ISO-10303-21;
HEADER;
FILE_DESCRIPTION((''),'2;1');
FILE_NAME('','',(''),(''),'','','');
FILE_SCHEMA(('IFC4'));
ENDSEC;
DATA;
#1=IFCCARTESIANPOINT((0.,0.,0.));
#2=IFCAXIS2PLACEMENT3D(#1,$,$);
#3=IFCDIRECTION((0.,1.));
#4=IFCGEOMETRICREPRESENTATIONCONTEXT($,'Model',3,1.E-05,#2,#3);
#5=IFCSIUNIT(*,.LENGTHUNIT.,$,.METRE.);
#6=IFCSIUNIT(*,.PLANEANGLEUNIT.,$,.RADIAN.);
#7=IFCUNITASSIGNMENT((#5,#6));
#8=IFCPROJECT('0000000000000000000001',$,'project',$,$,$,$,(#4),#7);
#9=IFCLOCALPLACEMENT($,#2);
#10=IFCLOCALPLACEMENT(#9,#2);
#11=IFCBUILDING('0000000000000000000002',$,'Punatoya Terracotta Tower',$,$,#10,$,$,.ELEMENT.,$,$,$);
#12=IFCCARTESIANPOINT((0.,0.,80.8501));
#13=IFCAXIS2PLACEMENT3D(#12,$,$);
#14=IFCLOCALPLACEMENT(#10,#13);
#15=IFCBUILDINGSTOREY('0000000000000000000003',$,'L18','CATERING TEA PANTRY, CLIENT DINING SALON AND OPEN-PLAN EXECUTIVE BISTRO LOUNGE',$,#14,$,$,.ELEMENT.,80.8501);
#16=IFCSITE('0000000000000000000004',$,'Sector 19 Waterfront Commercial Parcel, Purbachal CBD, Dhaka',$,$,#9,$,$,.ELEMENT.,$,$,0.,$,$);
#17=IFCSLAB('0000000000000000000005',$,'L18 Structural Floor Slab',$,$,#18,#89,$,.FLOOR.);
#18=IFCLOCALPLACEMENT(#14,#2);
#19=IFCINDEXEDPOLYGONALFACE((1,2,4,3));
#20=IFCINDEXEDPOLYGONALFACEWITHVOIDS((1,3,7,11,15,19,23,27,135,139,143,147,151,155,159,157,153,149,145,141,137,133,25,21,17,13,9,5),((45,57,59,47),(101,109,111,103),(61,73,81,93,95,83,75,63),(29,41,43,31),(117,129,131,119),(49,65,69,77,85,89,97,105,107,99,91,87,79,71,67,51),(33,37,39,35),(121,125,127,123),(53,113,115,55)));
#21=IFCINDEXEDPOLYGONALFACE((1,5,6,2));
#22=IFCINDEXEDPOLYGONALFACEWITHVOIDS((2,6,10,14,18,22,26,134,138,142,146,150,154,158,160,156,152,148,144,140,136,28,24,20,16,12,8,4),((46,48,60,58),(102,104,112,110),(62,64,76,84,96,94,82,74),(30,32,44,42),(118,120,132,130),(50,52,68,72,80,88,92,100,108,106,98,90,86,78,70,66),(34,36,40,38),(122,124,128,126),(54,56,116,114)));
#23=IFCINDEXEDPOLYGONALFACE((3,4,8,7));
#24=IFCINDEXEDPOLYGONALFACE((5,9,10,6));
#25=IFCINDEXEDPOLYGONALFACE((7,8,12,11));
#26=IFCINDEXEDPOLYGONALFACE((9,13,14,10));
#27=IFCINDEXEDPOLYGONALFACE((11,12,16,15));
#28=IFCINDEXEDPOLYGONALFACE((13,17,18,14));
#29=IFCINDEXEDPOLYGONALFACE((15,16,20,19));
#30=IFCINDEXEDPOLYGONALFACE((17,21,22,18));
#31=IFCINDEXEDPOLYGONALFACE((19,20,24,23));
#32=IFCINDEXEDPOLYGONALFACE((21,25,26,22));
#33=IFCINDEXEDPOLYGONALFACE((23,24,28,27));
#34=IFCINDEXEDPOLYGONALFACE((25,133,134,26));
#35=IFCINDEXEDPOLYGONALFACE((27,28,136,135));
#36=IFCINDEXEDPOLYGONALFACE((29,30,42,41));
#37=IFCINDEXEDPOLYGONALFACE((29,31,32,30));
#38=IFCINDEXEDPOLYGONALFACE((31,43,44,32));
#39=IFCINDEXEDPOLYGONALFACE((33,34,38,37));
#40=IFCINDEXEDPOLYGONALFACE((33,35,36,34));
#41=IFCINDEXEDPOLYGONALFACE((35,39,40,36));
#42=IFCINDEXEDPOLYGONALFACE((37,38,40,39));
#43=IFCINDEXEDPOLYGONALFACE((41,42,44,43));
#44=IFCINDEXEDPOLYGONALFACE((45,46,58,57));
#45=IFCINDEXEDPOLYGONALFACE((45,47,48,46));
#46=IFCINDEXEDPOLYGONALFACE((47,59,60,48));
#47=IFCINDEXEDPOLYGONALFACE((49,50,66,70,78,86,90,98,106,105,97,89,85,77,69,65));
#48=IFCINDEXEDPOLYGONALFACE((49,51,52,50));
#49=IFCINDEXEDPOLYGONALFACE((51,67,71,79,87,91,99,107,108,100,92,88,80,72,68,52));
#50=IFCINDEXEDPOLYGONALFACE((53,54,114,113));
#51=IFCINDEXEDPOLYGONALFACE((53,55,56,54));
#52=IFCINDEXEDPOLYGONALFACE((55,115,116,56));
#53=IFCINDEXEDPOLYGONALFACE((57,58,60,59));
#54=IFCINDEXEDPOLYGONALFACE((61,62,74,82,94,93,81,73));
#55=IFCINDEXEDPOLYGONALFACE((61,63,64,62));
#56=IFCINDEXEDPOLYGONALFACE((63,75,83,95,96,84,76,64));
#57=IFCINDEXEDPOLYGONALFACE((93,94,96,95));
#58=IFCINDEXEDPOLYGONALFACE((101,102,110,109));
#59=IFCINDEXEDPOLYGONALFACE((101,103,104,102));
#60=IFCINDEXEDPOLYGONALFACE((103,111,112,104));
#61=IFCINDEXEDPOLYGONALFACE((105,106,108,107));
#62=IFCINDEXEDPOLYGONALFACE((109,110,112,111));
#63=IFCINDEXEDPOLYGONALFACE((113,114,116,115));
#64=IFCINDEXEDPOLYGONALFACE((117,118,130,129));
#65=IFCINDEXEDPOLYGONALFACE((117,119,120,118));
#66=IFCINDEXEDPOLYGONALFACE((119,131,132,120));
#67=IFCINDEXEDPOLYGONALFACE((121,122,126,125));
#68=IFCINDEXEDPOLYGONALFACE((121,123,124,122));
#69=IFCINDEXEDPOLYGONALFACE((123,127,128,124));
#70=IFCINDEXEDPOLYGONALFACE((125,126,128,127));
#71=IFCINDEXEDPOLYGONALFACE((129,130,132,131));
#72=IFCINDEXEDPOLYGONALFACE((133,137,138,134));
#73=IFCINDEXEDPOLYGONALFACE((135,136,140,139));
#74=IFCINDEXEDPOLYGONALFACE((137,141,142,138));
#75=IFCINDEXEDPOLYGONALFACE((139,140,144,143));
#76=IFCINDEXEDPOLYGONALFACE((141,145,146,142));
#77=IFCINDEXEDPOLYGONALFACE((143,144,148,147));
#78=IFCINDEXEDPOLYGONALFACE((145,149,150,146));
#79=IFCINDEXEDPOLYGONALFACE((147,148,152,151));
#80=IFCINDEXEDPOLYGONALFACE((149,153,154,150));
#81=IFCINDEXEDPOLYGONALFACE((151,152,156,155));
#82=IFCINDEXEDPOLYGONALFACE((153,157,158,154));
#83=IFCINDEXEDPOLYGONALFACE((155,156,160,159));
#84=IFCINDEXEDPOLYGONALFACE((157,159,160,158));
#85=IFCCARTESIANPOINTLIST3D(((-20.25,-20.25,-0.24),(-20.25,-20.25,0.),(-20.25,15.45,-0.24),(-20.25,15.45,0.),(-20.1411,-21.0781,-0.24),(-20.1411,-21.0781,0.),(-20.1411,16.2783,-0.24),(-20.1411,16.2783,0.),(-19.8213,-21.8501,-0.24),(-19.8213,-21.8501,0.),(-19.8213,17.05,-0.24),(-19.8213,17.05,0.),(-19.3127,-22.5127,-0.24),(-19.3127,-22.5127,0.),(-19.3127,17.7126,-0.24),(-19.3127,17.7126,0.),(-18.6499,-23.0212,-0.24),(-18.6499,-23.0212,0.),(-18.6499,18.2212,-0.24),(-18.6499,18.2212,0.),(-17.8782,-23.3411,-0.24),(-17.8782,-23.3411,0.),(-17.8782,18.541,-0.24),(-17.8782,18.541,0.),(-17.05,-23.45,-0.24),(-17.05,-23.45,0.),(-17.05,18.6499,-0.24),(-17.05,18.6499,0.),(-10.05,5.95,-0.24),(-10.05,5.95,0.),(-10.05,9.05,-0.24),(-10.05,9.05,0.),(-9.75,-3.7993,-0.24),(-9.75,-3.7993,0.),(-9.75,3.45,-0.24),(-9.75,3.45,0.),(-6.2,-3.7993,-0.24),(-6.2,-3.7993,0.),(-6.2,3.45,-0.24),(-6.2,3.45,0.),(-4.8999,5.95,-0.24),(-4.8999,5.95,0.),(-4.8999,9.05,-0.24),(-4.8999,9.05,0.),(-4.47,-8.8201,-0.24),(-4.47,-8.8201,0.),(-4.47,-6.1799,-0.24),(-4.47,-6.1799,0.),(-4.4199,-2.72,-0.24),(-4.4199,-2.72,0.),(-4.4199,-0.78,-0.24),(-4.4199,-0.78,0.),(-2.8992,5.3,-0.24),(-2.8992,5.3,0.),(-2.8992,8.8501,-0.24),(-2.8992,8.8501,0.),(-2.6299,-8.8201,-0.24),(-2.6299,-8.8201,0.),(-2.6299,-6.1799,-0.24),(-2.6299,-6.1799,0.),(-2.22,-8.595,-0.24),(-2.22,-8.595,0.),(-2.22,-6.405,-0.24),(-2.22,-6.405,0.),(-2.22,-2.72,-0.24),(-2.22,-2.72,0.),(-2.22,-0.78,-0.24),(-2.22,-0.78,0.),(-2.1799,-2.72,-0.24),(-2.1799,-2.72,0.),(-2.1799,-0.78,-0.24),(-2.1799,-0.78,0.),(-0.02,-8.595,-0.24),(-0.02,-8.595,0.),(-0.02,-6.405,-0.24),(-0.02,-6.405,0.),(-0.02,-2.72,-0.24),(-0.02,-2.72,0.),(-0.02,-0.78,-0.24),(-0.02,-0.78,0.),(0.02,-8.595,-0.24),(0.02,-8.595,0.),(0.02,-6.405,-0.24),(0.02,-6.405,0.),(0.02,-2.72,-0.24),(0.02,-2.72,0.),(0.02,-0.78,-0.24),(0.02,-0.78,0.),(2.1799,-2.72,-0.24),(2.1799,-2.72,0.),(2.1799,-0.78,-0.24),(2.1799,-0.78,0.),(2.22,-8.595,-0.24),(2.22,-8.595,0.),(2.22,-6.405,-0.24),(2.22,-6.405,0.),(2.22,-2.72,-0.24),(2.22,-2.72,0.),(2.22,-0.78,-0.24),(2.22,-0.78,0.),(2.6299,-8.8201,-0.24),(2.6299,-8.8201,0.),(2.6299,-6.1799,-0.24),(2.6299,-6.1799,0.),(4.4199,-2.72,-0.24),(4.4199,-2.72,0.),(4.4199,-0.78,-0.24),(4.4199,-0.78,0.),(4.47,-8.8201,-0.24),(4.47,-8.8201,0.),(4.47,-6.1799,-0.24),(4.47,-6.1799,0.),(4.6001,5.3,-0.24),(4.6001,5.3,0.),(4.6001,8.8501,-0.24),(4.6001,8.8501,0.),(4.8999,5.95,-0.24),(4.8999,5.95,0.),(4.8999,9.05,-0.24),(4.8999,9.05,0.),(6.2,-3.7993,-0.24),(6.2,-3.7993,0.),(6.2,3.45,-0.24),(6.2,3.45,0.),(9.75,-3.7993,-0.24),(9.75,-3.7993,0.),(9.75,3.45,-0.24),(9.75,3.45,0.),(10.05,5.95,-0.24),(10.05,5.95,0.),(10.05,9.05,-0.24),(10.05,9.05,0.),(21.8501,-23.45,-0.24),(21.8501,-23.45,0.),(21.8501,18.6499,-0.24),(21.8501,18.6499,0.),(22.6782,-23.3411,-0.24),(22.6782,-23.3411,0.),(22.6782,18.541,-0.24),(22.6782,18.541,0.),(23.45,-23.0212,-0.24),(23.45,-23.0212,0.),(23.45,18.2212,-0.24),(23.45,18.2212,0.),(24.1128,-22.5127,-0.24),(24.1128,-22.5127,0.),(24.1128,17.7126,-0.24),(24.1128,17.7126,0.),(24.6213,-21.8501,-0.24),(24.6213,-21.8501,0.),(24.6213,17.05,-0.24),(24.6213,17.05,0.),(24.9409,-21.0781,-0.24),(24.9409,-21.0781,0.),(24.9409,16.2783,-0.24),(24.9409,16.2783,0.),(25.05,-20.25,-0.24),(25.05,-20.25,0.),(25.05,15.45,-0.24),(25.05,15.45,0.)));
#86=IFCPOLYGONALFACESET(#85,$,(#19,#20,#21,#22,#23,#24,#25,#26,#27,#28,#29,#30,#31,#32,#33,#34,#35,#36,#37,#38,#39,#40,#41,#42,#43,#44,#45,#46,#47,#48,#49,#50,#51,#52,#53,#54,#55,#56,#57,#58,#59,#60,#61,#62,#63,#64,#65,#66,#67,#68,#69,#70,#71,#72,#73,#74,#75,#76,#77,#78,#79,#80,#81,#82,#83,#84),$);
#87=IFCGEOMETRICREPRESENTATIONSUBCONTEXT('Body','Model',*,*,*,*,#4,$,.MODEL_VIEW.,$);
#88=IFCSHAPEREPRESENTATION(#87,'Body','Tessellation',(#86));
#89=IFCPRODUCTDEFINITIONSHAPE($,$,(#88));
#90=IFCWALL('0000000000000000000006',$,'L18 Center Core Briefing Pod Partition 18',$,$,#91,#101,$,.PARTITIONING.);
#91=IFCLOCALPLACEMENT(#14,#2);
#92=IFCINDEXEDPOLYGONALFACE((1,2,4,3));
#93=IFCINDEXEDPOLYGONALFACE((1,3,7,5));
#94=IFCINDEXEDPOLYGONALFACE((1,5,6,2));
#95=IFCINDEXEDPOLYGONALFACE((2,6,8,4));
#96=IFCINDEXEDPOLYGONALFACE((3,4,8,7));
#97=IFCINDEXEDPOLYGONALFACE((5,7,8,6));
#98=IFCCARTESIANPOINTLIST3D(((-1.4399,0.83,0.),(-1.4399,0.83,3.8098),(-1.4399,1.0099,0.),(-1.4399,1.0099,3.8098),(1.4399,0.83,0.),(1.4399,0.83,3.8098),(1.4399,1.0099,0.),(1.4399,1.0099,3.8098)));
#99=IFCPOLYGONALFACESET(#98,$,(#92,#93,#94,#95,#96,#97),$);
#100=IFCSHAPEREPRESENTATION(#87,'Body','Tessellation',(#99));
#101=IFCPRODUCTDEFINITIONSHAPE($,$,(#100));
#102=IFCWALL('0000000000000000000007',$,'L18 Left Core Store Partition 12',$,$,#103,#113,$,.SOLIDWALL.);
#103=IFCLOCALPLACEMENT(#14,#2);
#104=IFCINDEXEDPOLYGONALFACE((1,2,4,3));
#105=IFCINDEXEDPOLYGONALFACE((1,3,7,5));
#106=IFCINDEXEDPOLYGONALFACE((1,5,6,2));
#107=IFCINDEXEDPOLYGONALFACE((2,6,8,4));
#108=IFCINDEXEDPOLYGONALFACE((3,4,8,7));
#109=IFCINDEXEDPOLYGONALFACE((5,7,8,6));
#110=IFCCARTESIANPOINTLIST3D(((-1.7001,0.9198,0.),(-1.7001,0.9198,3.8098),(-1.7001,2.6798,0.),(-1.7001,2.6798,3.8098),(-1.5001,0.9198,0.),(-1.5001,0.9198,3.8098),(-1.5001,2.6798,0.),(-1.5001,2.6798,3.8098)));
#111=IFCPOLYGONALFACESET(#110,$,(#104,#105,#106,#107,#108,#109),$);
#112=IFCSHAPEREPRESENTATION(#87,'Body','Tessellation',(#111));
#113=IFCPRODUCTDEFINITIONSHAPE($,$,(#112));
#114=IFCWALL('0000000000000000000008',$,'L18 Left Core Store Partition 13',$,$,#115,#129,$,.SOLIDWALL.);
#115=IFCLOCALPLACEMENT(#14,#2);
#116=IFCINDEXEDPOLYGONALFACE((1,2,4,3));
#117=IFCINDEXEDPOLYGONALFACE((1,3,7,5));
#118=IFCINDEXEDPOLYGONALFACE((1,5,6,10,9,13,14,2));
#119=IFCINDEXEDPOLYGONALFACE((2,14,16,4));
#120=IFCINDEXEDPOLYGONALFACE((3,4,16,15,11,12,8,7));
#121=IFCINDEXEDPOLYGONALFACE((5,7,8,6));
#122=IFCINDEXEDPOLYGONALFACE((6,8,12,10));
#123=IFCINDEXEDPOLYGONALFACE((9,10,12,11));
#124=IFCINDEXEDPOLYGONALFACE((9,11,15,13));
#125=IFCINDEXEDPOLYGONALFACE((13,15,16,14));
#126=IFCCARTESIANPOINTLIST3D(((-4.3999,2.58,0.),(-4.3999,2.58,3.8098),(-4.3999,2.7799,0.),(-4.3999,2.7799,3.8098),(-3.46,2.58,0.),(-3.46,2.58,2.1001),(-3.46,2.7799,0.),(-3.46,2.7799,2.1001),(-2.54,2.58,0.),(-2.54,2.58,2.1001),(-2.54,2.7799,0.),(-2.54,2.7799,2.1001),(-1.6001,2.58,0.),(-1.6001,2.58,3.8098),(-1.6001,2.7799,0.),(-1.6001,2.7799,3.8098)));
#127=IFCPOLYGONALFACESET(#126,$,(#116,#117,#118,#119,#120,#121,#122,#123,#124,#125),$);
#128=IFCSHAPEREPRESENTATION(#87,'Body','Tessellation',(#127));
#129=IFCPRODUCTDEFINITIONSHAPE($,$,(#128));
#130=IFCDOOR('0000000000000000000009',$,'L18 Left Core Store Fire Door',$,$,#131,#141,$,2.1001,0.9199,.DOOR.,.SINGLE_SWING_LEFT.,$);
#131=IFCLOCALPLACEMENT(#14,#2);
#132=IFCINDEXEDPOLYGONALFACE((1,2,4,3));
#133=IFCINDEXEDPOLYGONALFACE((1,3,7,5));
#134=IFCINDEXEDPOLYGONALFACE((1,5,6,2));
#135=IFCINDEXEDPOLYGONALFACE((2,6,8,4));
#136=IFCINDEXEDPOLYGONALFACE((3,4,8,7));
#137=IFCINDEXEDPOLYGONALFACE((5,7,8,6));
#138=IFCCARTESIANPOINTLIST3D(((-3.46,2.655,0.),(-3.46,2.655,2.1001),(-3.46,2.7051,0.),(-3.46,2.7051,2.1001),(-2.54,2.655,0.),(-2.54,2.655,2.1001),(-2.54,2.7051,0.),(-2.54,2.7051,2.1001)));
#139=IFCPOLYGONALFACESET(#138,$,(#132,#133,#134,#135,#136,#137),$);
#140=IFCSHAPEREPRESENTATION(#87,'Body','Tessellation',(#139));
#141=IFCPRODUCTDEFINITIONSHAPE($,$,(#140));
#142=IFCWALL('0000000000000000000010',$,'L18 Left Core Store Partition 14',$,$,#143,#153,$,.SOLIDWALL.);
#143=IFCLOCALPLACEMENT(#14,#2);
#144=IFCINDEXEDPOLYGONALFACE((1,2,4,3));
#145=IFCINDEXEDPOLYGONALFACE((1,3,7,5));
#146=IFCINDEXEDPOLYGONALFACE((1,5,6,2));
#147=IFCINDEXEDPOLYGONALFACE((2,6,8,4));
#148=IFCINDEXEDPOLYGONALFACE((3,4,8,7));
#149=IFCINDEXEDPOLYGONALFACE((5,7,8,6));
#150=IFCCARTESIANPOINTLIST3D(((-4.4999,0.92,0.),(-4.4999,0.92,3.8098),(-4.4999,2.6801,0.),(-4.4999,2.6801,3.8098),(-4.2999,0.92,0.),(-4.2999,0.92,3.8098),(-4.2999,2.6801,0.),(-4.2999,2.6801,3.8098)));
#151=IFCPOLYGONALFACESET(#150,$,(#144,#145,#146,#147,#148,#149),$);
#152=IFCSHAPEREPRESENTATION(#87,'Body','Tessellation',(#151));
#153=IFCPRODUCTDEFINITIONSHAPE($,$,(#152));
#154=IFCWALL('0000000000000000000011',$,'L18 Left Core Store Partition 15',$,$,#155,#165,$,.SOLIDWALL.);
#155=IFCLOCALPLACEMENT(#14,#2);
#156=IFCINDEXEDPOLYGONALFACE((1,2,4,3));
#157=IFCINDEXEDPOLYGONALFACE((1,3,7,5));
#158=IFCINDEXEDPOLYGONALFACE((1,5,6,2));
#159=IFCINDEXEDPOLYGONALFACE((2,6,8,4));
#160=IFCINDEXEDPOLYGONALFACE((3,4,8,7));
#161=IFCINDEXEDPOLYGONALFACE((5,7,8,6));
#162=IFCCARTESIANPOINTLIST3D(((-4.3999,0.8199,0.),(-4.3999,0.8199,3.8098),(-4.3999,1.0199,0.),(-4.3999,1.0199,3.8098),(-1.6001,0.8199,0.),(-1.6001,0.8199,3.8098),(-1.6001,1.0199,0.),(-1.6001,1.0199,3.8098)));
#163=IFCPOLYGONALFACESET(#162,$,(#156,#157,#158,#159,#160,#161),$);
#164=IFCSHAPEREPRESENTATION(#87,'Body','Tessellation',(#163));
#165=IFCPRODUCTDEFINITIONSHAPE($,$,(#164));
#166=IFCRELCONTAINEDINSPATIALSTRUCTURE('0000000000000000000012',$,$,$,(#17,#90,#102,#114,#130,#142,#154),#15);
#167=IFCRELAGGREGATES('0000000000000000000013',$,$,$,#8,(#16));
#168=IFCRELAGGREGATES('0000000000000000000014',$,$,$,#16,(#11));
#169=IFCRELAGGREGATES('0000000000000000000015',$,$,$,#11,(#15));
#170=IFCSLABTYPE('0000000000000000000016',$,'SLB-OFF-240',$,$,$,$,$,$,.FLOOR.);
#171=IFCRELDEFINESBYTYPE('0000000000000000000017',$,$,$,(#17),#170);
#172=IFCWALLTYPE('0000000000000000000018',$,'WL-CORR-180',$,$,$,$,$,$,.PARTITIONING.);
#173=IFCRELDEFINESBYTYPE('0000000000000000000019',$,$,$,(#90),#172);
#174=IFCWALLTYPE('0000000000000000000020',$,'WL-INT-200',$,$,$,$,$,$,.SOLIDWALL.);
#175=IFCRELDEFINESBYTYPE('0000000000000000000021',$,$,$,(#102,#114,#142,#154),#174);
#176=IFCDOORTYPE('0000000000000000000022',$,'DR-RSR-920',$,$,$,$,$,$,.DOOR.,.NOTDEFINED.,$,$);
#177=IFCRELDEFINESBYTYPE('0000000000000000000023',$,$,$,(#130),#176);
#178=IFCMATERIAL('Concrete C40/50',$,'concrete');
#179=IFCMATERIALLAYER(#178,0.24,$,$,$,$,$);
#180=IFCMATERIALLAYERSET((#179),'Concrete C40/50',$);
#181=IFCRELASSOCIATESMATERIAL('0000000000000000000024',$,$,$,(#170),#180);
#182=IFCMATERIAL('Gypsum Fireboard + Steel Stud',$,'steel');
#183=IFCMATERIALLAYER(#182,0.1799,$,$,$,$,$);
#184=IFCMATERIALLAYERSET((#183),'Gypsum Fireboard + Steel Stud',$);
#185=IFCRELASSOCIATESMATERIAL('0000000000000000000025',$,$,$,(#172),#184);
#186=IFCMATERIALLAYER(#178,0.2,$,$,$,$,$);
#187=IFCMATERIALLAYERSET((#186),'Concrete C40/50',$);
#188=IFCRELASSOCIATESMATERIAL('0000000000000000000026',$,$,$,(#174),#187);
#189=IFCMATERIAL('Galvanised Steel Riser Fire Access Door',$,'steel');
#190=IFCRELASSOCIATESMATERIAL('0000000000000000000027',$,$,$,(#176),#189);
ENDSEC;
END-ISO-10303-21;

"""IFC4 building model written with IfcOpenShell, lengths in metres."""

from ifc_helpers import new_model, si_unit, direction, frame, frame_2d, origin, place, context, subcontext, project, spatial, polyline, rectangle, outline, extrude, material, layer, layer_set, type_object, element, fill, save


model = new_model("IFC4")

# Units and contexts
model_context = context("Model", 3, precision=1e-05, world=origin(), true_north=direction((0.0, 1.0)))
body_context = subcontext(model_context, "Body", "Model", "MODEL_VIEW")
ifc_project = project(units=[si_unit("LENGTHUNIT", "METRE"), si_unit("PLANEANGLEUNIT", "RADIAN")], contexts=[model_context])

# Site, building, storey
site_placement = place(None, origin())
site = spatial("IfcSite", under=ifc_project, at=site_placement, Name="Sector 19 Waterfront Commercial Parcel, Purbachal CBD, Dhaka", CompositionType="ELEMENT", RefElevation=0.0)
building_placement = place(site_placement, origin())
building = spatial("IfcBuilding", under=site, at=building_placement, Name="Punatoya Terracotta Tower", CompositionType="ELEMENT")
storey_placement = place(building_placement, frame((0.0, 0.0, 80.8501)))
storey = spatial("IfcBuildingStorey", under=building, at=storey_placement, Name="L18", Description="CATERING TEA PANTRY, CLIENT DINING SALON AND OPEN-PLAN EXECUTIVE BISTRO LOUNGE", CompositionType="ELEMENT", Elevation=80.8501)

# Shared definitions
ifc_material_1 = material(Name="Concrete C40/50", Category="concrete")

# Slab
ifc_layer_1 = layer(ifc_material_1, 0.24)
ifc_layer_set_1 = layer_set([ifc_layer_1], Name="Concrete C40/50")
slab_type_1 = type_object("IfcSlabType", Name="SLB-OFF-240", PredefinedType="FLOOR", material=ifc_layer_set_1)
slab_1_placement = place(storey_placement, frame((0.0, 0.0, -0.24)))
element("IfcSlab", 1, at=slab_1_placement, inside=storey, type_object=slab_type_1, Name="L18 Structural Floor Slab", PredefinedType="FLOOR", context=body_context, shape_type="SweptSolid", body=[
    extrude(outline(polyline([(-17.05, -23.45), (-17.8782, -23.3411), (-18.6499, -23.0212), (-19.3127, -22.5127), (-19.8213, -21.8501), (-20.1411, -21.0781), (-20.25, -20.25), (-20.25, 15.45), (-20.1411, 16.2783), (-19.8213, 17.05), (-19.3127, 17.7126), (-18.6499, 18.2212), (-17.8782, 18.541), (-17.05, 18.6499), (21.8501, 18.6499), (22.6782, 18.541), (23.45, 18.2212), (24.1128, 17.7126), (24.6213, 17.05), (24.9409, 16.2783), (25.05, 15.45), (25.05, -20.25), (24.9409, -21.0781), (24.6213, -21.8501), (24.1128, -22.5127), (23.45, -23.0212), (22.6782, -23.3411), (21.8501, -23.45), (-17.05, -23.45)]), holes=[polyline([(-2.6299, -6.1799), (-4.47, -6.1799), (-4.47, -8.8201), (-2.6299, -8.8201), (-2.6299, -6.1799)]), polyline([(0.02, -8.595), (2.22, -8.595), (2.22, -6.405), (0.02, -6.405), (-0.02, -6.405), (-2.22, -6.405), (-2.22, -8.595), (-0.02, -8.595), (0.02, -8.595)]), polyline([(-2.22, -2.72), (-2.1799, -2.72), (-0.02, -2.72), (0.02, -2.72), (2.1799, -2.72), (2.22, -2.72), (4.4199, -2.72), (4.4199, -0.78), (2.22, -0.78), (2.1799, -0.78), (0.02, -0.78), (-0.02, -0.78), (-2.1799, -0.78), (-2.22, -0.78), (-4.4199, -0.78), (-4.4199, -2.72), (-2.22, -2.72)]), polyline([(-6.2, 3.45), (-9.75, 3.45), (-9.75, -3.7993), (-6.2, -3.7993), (-6.2, 3.45)]), polyline([(4.6001, 5.3), (4.6001, 8.8501), (-2.8992, 8.8501), (-2.8992, 5.3), (4.6001, 5.3)]), polyline([(-4.8999, 9.05), (-10.05, 9.05), (-10.05, 5.95), (-4.8999, 5.95), (-4.8999, 9.05)]), polyline([(4.47, -8.8201), (4.47, -6.1799), (2.6299, -6.1799), (2.6299, -8.8201), (4.47, -8.8201)]), polyline([(9.75, 3.45), (6.2, 3.45), (6.2, -3.7993), (9.75, -3.7993), (9.75, 3.45)]), polyline([(10.05, 5.95), (10.05, 9.05), (4.8999, 9.05), (4.8999, 5.95), (10.05, 5.95)])]), origin(), (0.0, 0.0, 1.0), 0.24),
])

# Walls
ifc_material_2 = material(Name="Gypsum Fireboard + Steel Stud", Category="steel")
ifc_layer_2 = layer(ifc_material_2, 0.1799)
ifc_layer_set_2 = layer_set([ifc_layer_2], Name="Gypsum Fireboard + Steel Stud")
wall_type_1 = type_object("IfcWallType", Name="WL-CORR-180", PredefinedType="PARTITIONING", material=ifc_layer_set_2)
wall_1_placement = place(storey_placement, frame((-1.4399, 0.9199, 0.0), z_axis=(0.0, 0.0, 1.0), x_axis=(1.0, 0.0, 0.0)))
element("IfcWall", 2, at=wall_1_placement, inside=storey, type_object=wall_type_1, Name="L18 Center Core Briefing Pod Partition 18", PredefinedType="PARTITIONING", context=body_context, shape_type="SweptSolid", body=[
    extrude(rectangle(XDim=2.8799, YDim=0.1799, at=frame_2d((1.4399, 0.0))), origin(), (0.0, 0.0, 1.0), 3.8098),
])
ifc_layer_3 = layer(ifc_material_1, 0.2)
ifc_layer_set_3 = layer_set([ifc_layer_3], Name="Concrete C40/50")
wall_type_2 = type_object("IfcWallType", Name="WL-INT-200", PredefinedType="SOLIDWALL", material=ifc_layer_set_3)
wall_2_placement = place(storey_placement, frame((-1.6001, 0.9199, 0.0), z_axis=(0.0, 0.0, 1.0), x_axis=(0.0, 1.0, 0.0)))
element("IfcWall", 3, at=wall_2_placement, inside=storey, type_object=wall_type_2, Name="L18 Left Core Store Partition 12", PredefinedType="SOLIDWALL", context=body_context, shape_type="SweptSolid", body=[
    extrude(rectangle(XDim=1.76, YDim=0.2, at=frame_2d((0.8799, 0.0))), origin(), (0.0, 0.0, 1.0), 3.8098),
])

# Wall, opening, door
wall_3_placement = place(storey_placement, frame((-1.6001, 2.6799, 0.0), z_axis=(0.0, 0.0, 1.0), x_axis=(-1.0, 0.0, 0.0)))
wall_3 = element("IfcWall", 4, at=wall_3_placement, inside=storey, type_object=wall_type_2, Name="L18 Left Core Store Partition 13", PredefinedType="SOLIDWALL", context=body_context, shape_type="SweptSolid", body=[
    extrude(rectangle(XDim=2.7998, YDim=0.2, at=frame_2d((1.3999, 0.0))), origin(), (0.0, 0.0, 1.0), 3.8098),
])
opening_1_placement = place(wall_3_placement, frame((0.9399, 0.0, 0.0)))
opening_1 = element("IfcOpeningElement", 5, at=opening_1_placement, cuts=wall_3, PredefinedType="OPENING", context=body_context, shape_type="SweptSolid", body=[
    extrude(rectangle(XDim=0.9199, YDim=2.1001, at=frame_2d((0.46, 1.05))), frame((0.0, 0.1099, 0.0), z_axis=(0.0, -1.0, 0.0), x_axis=(1.0, 0.0, 0.0)), (0.0, 0.0, 1.0), 0.22),
])
ifc_material_3 = material(Name="Galvanised Steel Riser Fire Access Door", Category="steel")
door_type_1 = type_object("IfcDoorType", Name="DR-RSR-920", OperationType="NOTDEFINED", PredefinedType="DOOR", material=ifc_material_3)
door_1_placement = place(opening_1_placement, origin())
door_1 = element("IfcDoor", 6, at=door_1_placement, inside=storey, type_object=door_type_1, Name="L18 Left Core Store Fire Door", OperationType="SINGLE_SWING_LEFT", OverallHeight=2.1001, OverallWidth=0.9199, PredefinedType="DOOR", context=body_context, shape_type="SweptSolid", body=[
    extrude(rectangle(XDim=0.9199, YDim=2.1001, at=frame_2d((0.46, 1.05))), frame((0.0, 0.0249, 0.0), z_axis=(0.0, -1.0, 0.0), x_axis=(1.0, 0.0, 0.0)), (0.0, 0.0, 1.0), 0.05),
])
fill(opening_1, door_1)

# Walls
wall_4_placement = place(storey_placement, frame((-4.3999, 2.6799, 0.0), z_axis=(0.0, 0.0, 1.0), x_axis=(0.0, -1.0, 0.0)))
element("IfcWall", 7, at=wall_4_placement, inside=storey, type_object=wall_type_2, Name="L18 Left Core Store Partition 14", PredefinedType="SOLIDWALL", context=body_context, shape_type="SweptSolid", body=[
    extrude(rectangle(XDim=1.76, YDim=0.2, at=frame_2d((0.8799, 0.0))), origin(), (0.0, 0.0, 1.0), 3.8098),
])
wall_5_placement = place(storey_placement, frame((-4.3999, 0.9199, 0.0), z_axis=(0.0, 0.0, 1.0), x_axis=(1.0, 0.0, 0.0)))
element("IfcWall", 8, at=wall_5_placement, inside=storey, type_object=wall_type_2, Name="L18 Left Core Store Partition 15", PredefinedType="SOLIDWALL", context=body_context, shape_type="SweptSolid", body=[
    extrude(rectangle(XDim=2.7998, YDim=0.2, at=frame_2d((1.3999, 0.0))), origin(), (0.0, 0.0, 1.0), 3.8098),
])

save(model, "model.ifc")
